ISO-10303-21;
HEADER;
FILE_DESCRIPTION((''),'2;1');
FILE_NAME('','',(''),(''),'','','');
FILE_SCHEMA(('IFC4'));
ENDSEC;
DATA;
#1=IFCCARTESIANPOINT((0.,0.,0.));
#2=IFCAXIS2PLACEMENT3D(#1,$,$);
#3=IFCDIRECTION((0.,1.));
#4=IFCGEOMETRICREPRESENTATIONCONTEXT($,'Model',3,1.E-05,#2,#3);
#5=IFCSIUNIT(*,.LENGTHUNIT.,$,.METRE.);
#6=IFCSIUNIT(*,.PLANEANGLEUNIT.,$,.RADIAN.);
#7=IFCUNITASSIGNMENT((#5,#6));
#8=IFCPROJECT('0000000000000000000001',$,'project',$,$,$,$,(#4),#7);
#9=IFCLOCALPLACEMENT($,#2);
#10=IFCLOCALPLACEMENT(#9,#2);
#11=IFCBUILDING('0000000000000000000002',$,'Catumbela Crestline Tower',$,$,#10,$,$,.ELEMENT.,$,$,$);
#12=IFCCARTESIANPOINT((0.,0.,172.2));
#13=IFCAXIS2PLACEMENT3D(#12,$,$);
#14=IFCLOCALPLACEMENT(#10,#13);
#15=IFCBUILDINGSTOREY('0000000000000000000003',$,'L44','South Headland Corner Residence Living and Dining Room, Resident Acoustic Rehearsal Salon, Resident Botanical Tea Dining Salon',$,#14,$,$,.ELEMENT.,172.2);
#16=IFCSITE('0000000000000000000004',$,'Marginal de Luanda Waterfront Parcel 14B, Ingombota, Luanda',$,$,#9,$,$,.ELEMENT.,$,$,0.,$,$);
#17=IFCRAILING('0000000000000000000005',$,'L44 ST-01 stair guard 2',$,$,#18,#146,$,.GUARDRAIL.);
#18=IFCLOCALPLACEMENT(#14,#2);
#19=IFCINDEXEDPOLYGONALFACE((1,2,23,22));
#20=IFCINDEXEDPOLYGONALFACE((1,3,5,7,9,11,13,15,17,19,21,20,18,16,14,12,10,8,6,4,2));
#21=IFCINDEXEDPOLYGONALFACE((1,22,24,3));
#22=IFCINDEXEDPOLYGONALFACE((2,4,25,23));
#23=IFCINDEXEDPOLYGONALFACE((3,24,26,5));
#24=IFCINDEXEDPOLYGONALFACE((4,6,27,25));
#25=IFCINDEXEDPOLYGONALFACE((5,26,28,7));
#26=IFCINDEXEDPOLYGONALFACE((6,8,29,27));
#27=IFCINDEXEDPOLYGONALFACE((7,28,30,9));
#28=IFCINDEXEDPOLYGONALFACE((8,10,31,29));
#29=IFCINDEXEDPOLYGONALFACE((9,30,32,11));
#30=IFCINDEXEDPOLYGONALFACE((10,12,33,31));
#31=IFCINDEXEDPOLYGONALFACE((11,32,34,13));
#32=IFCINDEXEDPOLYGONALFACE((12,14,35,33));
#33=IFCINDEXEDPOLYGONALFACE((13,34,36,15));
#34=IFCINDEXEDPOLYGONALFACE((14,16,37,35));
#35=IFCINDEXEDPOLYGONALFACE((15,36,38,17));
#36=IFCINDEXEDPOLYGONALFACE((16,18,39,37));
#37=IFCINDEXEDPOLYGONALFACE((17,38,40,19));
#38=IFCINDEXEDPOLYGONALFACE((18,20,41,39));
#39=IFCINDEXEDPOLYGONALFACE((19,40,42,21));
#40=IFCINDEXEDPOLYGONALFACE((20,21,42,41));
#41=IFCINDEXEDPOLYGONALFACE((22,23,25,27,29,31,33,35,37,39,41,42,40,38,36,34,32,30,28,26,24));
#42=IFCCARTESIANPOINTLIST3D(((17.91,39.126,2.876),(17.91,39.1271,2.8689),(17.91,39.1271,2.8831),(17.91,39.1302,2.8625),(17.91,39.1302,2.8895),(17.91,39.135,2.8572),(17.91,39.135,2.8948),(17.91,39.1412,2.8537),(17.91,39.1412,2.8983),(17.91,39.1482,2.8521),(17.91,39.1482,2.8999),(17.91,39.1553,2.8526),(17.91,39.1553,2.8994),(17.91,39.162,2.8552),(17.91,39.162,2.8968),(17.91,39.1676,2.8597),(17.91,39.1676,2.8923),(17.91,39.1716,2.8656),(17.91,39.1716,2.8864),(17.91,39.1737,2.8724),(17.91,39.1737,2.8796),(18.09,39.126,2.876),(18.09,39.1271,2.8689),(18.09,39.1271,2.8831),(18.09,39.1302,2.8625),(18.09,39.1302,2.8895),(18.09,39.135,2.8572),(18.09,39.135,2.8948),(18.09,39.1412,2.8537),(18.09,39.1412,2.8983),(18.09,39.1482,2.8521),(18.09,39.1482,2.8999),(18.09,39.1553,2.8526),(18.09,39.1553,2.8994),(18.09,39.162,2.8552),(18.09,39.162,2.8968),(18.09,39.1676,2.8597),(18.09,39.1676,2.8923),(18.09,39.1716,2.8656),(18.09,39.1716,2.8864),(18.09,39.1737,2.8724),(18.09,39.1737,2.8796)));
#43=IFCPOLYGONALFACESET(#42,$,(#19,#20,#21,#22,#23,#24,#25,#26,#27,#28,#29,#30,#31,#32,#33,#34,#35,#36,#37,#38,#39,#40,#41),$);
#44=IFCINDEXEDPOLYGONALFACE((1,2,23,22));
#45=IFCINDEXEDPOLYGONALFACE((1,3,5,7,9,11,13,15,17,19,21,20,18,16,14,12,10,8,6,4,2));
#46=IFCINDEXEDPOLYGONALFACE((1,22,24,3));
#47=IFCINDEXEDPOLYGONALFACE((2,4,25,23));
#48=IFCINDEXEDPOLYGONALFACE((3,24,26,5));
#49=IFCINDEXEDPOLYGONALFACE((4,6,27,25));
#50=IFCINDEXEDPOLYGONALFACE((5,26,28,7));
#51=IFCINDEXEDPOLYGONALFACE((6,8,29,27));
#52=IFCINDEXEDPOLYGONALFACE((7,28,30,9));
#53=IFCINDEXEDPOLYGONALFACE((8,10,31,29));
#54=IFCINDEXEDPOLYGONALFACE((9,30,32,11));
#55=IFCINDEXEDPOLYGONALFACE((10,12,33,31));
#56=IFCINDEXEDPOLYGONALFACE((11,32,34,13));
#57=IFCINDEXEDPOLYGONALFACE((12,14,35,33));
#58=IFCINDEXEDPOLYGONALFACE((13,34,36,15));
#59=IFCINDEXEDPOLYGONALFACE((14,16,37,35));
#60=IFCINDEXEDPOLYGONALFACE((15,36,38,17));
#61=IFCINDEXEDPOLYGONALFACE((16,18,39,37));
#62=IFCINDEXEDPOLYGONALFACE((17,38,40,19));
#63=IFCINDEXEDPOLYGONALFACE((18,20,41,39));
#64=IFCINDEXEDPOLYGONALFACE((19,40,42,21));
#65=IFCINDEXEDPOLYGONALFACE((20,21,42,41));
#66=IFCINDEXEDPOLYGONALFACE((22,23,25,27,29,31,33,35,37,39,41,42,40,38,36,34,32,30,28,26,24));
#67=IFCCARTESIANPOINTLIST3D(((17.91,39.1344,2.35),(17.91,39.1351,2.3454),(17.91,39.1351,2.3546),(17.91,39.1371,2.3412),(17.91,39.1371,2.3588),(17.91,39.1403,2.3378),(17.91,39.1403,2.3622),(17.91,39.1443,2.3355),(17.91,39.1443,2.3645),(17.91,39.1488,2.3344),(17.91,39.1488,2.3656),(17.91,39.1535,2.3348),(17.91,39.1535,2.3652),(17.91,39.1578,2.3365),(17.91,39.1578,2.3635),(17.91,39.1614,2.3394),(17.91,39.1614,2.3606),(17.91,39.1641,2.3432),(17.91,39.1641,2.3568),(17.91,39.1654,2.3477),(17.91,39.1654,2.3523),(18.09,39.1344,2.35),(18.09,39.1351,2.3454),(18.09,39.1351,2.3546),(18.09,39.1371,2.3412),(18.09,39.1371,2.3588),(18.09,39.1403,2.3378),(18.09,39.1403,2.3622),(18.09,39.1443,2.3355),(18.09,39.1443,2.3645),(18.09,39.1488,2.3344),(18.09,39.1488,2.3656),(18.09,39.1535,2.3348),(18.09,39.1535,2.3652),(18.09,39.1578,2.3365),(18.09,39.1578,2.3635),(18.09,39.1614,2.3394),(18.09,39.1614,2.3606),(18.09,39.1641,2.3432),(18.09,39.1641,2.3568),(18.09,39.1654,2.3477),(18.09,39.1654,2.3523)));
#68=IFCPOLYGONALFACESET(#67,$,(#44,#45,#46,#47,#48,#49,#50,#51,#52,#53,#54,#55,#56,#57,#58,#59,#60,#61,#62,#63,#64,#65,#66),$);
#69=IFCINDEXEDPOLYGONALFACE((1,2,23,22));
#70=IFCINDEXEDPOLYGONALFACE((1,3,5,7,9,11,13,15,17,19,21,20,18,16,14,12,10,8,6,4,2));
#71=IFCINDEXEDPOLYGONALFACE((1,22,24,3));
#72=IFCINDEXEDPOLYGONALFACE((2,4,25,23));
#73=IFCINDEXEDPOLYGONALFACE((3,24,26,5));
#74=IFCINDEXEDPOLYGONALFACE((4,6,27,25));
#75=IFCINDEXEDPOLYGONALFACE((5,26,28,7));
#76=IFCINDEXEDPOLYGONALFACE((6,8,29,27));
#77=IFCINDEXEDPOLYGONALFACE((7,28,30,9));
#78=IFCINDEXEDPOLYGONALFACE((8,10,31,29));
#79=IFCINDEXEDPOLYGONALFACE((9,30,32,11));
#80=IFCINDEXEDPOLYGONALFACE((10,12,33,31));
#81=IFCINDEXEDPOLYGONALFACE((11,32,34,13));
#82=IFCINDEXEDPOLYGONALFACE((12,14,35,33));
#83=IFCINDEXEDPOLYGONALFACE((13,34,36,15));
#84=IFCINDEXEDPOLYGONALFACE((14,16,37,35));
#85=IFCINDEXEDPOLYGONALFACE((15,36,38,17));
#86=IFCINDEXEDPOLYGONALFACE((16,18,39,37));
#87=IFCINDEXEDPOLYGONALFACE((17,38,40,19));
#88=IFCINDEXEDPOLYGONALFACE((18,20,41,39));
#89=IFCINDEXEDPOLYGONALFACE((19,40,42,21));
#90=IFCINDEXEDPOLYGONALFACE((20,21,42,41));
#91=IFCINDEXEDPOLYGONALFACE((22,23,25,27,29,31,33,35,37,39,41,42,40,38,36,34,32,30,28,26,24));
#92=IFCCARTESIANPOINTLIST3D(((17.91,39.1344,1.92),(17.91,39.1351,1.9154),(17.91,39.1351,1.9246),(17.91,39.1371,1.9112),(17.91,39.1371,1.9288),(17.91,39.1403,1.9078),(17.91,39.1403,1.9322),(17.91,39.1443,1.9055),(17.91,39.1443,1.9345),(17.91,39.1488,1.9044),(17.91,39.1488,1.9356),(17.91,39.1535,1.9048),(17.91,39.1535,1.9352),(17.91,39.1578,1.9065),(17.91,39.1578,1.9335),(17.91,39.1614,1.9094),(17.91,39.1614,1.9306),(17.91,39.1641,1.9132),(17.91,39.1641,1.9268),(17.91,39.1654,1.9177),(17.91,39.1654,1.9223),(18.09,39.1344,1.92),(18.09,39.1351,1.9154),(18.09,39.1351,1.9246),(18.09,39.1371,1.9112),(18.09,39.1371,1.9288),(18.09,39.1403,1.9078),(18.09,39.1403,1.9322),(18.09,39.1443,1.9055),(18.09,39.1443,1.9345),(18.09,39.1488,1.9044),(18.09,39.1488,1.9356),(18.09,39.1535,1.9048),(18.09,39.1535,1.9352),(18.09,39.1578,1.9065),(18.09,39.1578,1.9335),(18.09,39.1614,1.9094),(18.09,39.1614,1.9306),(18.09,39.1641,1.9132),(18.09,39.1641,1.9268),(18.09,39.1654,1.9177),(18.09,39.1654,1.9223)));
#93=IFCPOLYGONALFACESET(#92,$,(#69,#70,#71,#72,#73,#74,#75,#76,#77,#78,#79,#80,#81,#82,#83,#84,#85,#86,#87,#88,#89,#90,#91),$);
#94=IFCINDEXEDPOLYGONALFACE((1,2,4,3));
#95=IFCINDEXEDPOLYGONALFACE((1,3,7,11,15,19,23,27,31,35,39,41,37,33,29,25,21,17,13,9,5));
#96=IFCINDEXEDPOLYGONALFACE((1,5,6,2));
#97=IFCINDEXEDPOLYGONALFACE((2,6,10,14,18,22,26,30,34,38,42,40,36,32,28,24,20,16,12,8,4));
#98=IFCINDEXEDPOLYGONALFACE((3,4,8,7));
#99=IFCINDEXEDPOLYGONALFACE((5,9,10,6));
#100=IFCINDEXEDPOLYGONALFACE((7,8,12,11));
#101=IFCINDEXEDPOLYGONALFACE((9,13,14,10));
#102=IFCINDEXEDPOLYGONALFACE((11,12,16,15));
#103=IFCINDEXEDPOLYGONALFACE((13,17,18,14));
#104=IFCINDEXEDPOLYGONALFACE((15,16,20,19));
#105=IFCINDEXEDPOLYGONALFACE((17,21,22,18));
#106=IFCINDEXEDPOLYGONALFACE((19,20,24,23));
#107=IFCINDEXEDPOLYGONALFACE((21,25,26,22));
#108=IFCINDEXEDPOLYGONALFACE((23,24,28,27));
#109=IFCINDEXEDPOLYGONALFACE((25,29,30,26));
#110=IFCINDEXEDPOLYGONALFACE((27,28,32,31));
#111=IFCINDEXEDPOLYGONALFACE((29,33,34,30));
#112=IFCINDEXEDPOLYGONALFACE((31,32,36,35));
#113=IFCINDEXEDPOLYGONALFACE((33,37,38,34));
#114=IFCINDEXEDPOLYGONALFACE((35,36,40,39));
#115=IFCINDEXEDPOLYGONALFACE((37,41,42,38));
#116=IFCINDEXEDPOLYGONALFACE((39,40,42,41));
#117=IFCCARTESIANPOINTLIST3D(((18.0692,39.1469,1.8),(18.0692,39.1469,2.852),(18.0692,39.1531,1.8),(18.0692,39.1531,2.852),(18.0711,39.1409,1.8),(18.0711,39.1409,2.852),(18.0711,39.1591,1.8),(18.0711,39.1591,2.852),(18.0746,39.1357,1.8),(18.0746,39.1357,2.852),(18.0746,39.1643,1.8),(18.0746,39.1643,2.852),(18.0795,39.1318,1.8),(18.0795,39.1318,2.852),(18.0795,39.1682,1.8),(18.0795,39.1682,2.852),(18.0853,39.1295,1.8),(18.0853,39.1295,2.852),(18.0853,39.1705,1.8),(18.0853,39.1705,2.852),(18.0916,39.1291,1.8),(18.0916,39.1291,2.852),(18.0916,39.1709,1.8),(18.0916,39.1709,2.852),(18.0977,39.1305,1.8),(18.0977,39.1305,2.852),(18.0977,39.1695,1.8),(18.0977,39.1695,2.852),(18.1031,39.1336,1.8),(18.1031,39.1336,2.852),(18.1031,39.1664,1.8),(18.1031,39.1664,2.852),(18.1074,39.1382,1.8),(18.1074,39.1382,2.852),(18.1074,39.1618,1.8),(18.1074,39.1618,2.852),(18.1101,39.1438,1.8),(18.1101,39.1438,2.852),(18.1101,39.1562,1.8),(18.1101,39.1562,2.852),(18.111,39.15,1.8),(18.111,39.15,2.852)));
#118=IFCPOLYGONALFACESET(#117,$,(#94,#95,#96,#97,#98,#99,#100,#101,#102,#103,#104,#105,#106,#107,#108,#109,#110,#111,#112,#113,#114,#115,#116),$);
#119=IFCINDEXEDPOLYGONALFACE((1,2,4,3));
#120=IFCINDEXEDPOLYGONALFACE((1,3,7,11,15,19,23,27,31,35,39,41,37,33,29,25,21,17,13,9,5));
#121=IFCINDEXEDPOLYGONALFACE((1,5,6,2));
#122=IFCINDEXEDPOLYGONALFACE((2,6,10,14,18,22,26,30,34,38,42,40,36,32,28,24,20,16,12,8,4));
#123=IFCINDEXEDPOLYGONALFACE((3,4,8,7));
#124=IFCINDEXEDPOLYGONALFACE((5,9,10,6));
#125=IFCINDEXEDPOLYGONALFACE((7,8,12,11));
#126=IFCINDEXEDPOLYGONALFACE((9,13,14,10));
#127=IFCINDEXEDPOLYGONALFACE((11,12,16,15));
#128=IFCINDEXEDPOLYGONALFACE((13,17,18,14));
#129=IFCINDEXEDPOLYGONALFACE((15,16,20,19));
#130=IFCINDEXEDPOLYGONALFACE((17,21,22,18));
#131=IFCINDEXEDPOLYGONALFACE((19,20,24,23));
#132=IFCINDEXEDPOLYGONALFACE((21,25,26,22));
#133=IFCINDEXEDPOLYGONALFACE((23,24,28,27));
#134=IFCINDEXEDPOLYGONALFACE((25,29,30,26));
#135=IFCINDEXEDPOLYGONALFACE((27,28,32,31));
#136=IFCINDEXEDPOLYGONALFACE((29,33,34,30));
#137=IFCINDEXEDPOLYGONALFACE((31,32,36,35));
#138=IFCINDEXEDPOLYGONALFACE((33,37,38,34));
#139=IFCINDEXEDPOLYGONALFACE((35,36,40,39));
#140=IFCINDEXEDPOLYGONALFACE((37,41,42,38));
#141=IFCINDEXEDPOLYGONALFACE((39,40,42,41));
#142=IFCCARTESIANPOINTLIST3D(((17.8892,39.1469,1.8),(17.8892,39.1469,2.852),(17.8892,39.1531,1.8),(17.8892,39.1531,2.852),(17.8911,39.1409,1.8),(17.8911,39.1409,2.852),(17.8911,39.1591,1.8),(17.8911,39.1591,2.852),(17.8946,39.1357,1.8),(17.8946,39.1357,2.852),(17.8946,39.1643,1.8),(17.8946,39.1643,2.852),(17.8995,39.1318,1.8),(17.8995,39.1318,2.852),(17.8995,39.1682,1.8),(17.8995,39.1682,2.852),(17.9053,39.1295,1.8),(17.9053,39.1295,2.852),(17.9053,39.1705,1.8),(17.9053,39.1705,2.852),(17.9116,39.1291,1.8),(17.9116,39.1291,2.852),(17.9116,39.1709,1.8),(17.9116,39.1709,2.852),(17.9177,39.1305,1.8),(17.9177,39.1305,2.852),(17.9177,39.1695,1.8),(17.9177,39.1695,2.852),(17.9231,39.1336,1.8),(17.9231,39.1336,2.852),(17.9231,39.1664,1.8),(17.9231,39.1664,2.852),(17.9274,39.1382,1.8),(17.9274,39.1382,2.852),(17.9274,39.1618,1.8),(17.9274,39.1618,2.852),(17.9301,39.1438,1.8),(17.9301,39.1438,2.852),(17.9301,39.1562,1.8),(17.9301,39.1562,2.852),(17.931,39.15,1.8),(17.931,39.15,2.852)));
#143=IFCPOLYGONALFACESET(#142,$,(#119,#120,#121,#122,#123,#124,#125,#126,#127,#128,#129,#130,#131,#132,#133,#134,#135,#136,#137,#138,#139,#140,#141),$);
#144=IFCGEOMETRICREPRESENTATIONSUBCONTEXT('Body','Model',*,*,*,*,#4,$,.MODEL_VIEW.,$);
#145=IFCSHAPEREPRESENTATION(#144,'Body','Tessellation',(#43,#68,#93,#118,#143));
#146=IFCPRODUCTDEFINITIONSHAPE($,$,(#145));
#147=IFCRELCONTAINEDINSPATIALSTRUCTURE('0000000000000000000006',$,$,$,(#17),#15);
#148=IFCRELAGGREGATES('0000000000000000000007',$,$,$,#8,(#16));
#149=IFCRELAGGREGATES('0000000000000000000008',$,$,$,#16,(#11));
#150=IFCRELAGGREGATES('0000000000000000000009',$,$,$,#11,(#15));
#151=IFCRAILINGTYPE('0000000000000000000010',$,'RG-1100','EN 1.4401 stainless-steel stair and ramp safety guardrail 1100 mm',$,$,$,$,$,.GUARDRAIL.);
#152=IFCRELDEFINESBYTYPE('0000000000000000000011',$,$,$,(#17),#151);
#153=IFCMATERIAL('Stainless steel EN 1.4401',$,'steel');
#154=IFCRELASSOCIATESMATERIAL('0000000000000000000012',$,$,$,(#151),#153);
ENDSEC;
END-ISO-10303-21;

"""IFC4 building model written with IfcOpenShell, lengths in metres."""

from ifc_helpers import new_model, si_unit, direction, frame, origin, origin_2d, place, context, subcontext, project, spatial, circle, extrude, material, type_object, element, save


model = new_model("IFC4")

# Units and contexts
model_context = context("Model", 3, precision=1e-05, world=origin(), true_north=direction((0.0, 1.0)))
body_context = subcontext(model_context, "Body", "Model", "MODEL_VIEW")
ifc_project = project(units=[si_unit("LENGTHUNIT", "METRE"), si_unit("PLANEANGLEUNIT", "RADIAN")], contexts=[model_context])

# Site, building, storey
site_placement = place(None, origin())
site = spatial("IfcSite", under=ifc_project, at=site_placement, Name="Marginal de Luanda Waterfront Parcel 14B, Ingombota, Luanda", CompositionType="ELEMENT", RefElevation=0.0)
building_placement = place(site_placement, origin())
building = spatial("IfcBuilding", under=site, at=building_placement, Name="Catumbela Crestline Tower", CompositionType="ELEMENT")
storey_placement = place(building_placement, frame((0.0, 0.0, 172.2)))
storey = spatial("IfcBuildingStorey", under=building, at=storey_placement, Name="L44", Description="South Headland Corner Residence Living and Dining Room, Resident Acoustic Rehearsal Salon, Resident Botanical Tea Dining Salon", CompositionType="ELEMENT", Elevation=172.2)

# Shared definitions
ifc_material_1 = material(Name="Stainless steel EN 1.4401", Category="steel")

# Railing
railing_type_1 = type_object("IfcRailingType", Name="RG-1100", Description="EN 1.4401 stainless-steel stair and ramp safety guardrail 1100 mm", PredefinedType="GUARDRAIL", material=ifc_material_1)
railing_1_placement = place(storey_placement, frame((18.09, 39.15, 1.8)))
element("IfcRailing", 1, at=railing_1_placement, inside=storey, type_object=railing_type_1, Name="L44 ST-01 stair guard 2", PredefinedType="GUARDRAIL", context=body_context, shape_type="SweptSolid", body=[
    extrude(circle(Radius=0.024, at=origin_2d()), frame((0.0, 0.0, 1.076), z_axis=(-1.0, 0.0, 0.0), x_axis=(0.0, -1.0, 0.0)), (0.0, 0.0, 1.0), 0.18),
    extrude(circle(Radius=0.0156, at=origin_2d()), frame((0.0, 0.0, 0.55), z_axis=(-1.0, 0.0, 0.0), x_axis=(0.0, -1.0, 0.0)), (0.0, 0.0, 1.0), 0.18),
    extrude(circle(Radius=0.0156, at=origin_2d()), frame((0.0, 0.0, 0.12), z_axis=(-1.0, 0.0, 0.0), x_axis=(0.0, -1.0, 0.0)), (0.0, 0.0, 1.0), 0.18),
    extrude(circle(Radius=0.021, at=origin_2d()), origin(), (0.0, 0.0, 1.0), 1.052),
    extrude(circle(Radius=0.021, at=origin_2d()), frame((-0.18, 0.0, 0.0)), (0.0, 0.0, 1.0), 1.052),
])

save(model, "model.ifc")
